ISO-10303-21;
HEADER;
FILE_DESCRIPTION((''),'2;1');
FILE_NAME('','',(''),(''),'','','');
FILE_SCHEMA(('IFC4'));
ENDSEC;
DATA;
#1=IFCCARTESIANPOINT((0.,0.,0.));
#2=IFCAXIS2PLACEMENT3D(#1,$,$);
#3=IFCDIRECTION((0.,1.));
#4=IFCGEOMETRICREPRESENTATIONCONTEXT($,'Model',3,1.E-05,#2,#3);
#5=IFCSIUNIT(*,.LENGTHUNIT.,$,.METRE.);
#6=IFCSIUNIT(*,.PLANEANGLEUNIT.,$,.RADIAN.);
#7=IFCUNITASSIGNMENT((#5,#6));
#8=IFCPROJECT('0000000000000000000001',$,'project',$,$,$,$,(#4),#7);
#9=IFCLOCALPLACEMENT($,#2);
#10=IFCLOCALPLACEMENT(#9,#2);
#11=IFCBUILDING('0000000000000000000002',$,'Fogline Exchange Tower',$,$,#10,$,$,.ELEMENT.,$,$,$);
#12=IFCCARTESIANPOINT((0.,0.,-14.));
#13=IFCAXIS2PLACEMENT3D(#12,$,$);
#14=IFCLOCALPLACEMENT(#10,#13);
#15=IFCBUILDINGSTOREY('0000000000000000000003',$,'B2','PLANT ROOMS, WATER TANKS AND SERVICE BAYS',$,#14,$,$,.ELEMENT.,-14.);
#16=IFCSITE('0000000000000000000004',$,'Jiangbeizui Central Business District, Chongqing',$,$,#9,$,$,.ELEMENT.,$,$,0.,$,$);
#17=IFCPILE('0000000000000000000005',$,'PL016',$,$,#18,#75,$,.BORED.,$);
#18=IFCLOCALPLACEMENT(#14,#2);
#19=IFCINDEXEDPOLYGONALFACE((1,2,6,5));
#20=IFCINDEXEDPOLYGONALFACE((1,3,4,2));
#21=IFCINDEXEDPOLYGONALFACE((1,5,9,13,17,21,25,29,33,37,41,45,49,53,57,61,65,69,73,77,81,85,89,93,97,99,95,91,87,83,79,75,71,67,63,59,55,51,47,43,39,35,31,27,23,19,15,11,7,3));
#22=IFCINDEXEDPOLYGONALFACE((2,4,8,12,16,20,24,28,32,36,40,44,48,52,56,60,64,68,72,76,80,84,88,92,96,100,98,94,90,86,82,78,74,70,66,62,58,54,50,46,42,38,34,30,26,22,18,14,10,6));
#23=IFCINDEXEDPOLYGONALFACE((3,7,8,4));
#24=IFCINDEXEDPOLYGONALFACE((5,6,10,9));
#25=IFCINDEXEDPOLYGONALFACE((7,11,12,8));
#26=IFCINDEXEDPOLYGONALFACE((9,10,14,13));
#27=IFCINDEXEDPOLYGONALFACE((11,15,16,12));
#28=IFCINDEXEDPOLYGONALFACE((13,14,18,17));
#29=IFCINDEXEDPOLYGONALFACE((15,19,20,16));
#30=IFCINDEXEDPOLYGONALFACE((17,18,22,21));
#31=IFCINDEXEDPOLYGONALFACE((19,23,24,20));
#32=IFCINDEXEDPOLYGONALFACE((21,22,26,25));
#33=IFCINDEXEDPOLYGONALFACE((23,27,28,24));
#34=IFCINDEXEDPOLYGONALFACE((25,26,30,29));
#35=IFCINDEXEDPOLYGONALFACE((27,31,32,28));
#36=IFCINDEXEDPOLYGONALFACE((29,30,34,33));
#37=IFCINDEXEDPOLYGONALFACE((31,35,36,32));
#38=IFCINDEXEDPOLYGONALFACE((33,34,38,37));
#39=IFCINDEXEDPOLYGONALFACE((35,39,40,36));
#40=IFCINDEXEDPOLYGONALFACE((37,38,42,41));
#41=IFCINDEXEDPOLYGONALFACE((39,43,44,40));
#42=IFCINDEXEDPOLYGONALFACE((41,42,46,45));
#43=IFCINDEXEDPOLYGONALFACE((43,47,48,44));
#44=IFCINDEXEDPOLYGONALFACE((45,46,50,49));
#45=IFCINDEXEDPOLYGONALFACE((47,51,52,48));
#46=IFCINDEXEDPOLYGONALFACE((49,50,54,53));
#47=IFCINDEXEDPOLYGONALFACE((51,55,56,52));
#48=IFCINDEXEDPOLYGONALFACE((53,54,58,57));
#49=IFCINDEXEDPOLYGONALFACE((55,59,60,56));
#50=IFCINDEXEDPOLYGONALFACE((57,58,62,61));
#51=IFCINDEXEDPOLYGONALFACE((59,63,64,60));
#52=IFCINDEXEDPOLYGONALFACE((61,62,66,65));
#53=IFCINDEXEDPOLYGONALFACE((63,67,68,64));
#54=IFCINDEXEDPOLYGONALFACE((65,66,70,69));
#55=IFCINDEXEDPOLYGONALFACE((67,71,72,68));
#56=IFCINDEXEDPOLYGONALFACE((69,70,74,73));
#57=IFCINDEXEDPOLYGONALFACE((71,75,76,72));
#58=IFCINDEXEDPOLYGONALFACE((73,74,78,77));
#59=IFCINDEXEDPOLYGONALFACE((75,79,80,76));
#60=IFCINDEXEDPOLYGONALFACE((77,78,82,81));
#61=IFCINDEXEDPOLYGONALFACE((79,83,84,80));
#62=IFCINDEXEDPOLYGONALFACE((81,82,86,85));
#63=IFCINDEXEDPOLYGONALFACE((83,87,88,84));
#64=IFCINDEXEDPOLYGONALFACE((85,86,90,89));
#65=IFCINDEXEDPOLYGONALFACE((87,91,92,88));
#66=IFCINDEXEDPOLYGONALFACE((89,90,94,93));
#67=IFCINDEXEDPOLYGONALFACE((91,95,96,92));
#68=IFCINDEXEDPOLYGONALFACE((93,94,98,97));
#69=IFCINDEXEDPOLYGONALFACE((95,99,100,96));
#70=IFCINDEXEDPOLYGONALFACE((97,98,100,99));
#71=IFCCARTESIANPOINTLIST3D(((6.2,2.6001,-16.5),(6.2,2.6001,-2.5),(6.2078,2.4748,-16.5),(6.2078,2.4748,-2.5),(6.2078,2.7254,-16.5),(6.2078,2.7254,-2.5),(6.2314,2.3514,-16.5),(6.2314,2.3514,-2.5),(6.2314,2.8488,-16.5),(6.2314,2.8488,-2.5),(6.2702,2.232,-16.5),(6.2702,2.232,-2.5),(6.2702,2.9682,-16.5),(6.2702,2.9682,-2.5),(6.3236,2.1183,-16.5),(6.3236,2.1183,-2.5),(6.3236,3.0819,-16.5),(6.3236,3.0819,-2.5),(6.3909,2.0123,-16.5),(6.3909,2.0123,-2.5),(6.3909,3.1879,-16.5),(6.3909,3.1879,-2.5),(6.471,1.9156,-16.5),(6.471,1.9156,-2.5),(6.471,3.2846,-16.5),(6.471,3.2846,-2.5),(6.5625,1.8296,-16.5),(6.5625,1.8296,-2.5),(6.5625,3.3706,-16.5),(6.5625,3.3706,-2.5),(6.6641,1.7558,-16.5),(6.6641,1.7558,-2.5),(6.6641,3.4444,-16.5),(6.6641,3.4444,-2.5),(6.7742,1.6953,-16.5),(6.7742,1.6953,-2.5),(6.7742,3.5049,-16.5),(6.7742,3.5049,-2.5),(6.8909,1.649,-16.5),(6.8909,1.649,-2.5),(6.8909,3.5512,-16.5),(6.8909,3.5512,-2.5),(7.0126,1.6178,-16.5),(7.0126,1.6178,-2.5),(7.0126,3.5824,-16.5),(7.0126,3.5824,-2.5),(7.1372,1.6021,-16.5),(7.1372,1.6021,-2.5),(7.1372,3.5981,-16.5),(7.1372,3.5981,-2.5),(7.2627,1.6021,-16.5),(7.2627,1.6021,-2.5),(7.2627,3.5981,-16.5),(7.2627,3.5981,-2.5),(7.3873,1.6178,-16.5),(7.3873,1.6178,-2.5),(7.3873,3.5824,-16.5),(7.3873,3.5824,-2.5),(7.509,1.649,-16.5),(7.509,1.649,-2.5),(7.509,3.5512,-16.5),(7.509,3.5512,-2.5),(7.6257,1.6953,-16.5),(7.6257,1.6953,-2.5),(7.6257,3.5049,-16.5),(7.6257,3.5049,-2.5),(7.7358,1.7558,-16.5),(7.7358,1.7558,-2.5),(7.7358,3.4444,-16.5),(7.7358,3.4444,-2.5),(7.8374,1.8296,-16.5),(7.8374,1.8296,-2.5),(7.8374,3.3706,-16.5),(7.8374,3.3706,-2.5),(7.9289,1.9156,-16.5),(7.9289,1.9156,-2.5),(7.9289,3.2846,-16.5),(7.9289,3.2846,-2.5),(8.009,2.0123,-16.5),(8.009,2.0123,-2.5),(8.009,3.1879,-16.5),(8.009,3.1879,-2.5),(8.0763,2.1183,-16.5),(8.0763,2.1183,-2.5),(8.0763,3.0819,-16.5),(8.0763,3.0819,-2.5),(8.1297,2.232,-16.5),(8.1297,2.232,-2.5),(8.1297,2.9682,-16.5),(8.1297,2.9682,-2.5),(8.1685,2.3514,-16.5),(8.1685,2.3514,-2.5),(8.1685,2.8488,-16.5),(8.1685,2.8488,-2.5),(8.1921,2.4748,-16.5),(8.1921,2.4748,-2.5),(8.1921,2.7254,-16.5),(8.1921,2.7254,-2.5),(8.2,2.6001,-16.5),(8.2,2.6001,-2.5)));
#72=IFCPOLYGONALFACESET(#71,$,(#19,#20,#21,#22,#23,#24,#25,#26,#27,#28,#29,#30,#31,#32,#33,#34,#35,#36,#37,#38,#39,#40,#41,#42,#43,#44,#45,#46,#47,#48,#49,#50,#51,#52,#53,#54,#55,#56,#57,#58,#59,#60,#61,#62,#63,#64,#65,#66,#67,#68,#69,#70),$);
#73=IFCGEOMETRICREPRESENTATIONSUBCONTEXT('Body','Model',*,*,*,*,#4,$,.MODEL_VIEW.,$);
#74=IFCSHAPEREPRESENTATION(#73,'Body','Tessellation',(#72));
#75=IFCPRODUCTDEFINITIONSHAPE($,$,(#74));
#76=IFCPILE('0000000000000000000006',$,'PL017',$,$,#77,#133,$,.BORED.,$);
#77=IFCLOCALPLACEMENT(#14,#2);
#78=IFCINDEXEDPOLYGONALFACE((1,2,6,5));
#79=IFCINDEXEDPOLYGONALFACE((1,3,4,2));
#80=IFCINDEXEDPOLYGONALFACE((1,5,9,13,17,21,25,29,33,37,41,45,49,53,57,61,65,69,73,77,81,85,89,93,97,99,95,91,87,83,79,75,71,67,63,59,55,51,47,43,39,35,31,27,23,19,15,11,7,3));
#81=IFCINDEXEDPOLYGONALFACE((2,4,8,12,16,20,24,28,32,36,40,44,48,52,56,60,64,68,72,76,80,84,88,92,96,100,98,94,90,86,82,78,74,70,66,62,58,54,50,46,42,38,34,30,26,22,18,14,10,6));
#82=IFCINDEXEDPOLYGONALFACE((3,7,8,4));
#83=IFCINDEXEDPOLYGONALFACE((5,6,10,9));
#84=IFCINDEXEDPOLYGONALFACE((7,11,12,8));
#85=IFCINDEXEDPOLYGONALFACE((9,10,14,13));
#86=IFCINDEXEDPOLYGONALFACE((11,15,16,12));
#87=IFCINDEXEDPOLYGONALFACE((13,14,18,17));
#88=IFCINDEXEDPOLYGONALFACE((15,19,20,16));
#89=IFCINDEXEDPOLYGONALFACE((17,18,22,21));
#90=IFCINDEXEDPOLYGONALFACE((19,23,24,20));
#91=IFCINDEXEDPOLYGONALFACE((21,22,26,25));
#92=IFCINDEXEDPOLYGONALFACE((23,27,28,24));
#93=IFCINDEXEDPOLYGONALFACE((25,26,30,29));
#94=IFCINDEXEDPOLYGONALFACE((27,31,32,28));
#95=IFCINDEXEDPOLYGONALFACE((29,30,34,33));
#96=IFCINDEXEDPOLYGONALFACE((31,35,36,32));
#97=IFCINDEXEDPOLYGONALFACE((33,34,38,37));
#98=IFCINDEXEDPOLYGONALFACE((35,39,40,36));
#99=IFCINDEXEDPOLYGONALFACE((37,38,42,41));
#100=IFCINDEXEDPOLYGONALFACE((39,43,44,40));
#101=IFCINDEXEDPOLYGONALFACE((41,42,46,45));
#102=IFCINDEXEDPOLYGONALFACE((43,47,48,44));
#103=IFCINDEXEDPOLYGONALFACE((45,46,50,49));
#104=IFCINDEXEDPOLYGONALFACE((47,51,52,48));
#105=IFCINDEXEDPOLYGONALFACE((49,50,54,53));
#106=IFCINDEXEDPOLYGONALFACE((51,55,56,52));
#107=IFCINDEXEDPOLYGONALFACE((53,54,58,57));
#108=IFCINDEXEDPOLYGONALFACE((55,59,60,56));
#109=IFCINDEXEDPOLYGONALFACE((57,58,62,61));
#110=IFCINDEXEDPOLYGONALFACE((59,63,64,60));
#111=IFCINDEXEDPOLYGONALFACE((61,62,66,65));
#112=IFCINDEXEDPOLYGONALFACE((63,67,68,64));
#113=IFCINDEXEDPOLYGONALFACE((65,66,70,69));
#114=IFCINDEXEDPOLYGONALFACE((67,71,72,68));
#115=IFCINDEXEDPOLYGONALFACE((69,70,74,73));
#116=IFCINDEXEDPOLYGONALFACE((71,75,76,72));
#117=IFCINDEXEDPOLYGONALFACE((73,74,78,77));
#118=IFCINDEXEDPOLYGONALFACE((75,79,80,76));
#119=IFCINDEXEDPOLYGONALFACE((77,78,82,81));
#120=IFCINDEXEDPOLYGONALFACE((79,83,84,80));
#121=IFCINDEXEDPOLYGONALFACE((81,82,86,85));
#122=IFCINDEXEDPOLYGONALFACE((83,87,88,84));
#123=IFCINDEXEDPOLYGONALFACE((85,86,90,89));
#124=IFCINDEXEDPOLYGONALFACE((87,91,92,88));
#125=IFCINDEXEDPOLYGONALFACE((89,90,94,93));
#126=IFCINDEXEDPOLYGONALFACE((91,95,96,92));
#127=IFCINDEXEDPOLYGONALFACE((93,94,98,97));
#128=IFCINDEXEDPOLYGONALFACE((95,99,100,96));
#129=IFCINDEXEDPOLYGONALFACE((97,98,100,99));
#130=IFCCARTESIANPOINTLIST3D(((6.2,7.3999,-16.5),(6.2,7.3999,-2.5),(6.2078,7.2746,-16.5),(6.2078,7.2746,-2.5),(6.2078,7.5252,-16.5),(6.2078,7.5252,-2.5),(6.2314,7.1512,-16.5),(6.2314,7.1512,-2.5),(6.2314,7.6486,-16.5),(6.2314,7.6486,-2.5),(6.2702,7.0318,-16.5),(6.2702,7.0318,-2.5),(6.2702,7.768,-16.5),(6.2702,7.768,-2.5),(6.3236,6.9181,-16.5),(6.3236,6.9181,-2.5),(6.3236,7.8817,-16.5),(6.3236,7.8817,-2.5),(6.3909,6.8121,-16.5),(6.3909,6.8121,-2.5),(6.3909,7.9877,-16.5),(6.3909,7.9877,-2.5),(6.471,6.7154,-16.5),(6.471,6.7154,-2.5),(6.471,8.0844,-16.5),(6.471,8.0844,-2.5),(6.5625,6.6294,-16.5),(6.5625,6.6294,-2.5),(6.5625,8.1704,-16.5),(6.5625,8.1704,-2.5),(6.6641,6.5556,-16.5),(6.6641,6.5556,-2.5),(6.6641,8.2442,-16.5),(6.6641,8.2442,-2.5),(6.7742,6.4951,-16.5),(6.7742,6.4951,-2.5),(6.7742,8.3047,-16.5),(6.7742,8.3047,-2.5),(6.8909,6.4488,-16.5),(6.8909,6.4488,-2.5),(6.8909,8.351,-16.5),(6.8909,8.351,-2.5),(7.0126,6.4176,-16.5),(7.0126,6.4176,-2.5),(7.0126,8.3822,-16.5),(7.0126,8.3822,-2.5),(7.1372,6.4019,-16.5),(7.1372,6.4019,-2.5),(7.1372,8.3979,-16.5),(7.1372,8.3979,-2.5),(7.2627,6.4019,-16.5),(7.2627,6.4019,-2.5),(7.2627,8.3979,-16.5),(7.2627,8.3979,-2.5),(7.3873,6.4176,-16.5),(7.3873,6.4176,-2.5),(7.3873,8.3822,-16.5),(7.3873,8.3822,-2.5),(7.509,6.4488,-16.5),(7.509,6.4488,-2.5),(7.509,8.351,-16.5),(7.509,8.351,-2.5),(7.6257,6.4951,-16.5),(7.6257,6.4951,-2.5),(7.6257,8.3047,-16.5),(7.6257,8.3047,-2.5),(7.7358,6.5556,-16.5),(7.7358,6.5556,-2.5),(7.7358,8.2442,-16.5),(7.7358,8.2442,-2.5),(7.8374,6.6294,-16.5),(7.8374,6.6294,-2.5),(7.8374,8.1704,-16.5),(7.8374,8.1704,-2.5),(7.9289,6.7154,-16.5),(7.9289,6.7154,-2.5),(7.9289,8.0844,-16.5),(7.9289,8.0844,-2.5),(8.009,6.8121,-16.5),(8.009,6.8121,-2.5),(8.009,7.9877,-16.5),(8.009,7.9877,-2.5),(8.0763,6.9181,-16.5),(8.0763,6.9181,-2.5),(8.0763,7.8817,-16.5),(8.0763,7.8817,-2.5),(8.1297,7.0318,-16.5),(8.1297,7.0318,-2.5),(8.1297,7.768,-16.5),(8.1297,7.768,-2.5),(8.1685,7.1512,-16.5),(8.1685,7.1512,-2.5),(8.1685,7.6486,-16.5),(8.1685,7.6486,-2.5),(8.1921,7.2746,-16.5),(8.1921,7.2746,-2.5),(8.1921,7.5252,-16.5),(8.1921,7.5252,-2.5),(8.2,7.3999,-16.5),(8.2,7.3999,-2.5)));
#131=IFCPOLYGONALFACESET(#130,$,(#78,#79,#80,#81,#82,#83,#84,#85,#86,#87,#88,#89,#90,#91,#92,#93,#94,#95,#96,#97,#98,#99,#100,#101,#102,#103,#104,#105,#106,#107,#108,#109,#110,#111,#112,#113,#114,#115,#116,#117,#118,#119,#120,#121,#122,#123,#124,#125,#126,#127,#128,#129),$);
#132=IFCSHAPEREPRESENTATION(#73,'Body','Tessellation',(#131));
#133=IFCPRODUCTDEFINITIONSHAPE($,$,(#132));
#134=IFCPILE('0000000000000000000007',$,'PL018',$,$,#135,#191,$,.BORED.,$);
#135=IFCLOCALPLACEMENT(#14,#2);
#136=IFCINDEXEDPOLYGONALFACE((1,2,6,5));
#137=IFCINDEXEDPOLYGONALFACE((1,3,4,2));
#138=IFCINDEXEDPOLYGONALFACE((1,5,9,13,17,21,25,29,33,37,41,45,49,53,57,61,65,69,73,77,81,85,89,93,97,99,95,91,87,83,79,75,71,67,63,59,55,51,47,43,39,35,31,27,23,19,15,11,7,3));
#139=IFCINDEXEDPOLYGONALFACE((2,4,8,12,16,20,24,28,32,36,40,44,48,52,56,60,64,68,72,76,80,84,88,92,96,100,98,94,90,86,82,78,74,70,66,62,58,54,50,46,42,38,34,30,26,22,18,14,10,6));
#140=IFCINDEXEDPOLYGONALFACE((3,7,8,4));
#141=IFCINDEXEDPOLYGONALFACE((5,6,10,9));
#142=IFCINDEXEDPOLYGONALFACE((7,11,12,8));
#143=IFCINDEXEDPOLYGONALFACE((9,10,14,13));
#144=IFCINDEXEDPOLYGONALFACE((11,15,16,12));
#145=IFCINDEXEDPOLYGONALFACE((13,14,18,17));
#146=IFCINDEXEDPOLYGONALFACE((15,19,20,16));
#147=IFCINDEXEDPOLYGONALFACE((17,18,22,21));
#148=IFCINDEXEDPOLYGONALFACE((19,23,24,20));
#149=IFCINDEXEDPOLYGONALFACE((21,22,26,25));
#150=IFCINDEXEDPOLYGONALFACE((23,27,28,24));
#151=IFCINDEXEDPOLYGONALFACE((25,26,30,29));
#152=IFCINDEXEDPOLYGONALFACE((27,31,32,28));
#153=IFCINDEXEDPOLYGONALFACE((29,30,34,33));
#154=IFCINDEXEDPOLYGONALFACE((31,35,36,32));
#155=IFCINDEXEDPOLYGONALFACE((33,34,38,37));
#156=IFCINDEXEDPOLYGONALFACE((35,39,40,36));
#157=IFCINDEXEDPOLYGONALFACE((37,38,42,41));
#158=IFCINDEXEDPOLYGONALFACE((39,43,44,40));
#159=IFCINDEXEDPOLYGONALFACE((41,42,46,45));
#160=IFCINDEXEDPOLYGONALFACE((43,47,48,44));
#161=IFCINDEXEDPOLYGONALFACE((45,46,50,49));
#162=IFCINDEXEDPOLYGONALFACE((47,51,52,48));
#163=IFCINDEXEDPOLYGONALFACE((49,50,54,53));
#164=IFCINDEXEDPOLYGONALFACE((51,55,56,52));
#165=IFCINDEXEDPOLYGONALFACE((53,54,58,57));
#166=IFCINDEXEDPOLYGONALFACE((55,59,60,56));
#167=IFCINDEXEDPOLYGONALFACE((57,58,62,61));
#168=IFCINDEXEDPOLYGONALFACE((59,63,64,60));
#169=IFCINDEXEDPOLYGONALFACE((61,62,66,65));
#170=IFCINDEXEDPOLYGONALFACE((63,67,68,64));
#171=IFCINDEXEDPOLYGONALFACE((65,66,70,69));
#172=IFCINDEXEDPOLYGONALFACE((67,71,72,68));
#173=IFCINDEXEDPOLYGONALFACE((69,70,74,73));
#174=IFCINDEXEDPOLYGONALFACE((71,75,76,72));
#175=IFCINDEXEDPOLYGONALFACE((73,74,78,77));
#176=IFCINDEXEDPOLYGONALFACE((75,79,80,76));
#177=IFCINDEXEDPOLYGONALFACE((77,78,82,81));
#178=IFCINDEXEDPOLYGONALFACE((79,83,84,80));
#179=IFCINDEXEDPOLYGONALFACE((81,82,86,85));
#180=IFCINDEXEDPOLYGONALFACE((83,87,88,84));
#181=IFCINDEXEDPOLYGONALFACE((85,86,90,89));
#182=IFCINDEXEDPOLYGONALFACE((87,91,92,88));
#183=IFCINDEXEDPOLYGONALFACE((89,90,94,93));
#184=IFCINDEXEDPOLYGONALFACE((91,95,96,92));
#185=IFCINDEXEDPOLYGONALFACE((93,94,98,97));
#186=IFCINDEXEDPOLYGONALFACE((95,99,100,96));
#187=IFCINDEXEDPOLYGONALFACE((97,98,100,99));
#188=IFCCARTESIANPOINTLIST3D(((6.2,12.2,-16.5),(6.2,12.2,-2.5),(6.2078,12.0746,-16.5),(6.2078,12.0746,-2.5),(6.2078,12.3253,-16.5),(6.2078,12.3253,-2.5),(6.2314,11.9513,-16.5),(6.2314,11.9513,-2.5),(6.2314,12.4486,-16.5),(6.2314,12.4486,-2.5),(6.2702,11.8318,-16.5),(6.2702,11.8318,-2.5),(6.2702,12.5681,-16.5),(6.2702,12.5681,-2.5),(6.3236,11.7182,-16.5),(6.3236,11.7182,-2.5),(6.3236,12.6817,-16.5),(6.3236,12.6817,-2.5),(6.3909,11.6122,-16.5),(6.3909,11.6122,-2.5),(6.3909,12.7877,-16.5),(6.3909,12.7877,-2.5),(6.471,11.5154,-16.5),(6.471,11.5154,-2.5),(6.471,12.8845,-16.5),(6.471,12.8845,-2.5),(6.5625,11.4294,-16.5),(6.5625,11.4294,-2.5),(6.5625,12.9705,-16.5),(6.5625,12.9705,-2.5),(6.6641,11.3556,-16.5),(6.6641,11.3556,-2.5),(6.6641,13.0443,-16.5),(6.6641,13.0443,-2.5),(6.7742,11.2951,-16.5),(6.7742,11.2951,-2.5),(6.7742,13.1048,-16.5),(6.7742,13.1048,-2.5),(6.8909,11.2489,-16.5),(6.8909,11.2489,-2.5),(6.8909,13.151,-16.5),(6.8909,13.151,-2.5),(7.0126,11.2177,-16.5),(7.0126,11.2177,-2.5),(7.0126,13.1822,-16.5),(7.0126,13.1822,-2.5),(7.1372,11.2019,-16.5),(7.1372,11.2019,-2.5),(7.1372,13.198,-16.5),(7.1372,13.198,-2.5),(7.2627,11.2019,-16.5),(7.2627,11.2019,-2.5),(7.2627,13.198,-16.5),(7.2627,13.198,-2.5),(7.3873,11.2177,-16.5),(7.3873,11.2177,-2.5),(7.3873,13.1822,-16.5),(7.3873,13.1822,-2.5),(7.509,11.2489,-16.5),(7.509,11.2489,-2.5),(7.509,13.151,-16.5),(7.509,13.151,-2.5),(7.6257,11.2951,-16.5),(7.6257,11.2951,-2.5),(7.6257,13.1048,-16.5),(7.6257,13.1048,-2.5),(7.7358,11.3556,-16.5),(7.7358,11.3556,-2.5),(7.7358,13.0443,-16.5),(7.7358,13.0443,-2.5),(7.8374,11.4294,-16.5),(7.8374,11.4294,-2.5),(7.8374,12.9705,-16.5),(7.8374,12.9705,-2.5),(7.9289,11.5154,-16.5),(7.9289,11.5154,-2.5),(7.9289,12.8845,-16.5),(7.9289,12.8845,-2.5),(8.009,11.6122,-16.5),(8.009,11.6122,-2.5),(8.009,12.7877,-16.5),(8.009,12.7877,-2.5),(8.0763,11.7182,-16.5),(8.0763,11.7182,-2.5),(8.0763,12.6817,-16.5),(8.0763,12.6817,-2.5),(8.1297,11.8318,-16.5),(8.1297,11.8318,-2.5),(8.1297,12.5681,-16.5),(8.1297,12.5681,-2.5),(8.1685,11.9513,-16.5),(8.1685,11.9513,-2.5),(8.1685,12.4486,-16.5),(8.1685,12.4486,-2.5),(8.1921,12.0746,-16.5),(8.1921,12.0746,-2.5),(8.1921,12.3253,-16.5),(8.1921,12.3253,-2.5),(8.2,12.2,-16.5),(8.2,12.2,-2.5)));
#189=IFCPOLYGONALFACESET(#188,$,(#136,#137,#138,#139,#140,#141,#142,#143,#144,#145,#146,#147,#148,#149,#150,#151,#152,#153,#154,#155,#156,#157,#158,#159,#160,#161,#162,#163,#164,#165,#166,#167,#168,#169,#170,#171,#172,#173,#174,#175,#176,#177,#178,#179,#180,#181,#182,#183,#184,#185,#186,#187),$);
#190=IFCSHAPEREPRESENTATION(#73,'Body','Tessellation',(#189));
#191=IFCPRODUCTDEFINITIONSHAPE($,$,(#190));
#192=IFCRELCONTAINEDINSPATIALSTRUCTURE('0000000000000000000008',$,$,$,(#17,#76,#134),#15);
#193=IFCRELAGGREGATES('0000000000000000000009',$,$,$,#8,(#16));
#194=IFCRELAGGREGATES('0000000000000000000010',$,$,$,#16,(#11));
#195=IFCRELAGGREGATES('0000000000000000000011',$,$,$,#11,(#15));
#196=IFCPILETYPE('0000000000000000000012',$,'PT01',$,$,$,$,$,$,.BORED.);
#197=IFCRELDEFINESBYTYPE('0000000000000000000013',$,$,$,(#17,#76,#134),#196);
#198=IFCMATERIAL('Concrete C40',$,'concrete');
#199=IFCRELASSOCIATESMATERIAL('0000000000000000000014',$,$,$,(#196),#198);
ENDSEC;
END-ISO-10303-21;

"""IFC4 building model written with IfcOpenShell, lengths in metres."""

from ifc_helpers import new_model, si_unit, direction, frame, origin, origin_2d, place, context, subcontext, project, spatial, circle, extrude, material, material_profile, profile_set, type_object, element, save


model = new_model("IFC4")

# Units and contexts
model_context = context("Model", 3, precision=1e-05, world=origin(), true_north=direction((0.0, 1.0)))
body_context = subcontext(model_context, "Body", "Model", "MODEL_VIEW")
ifc_project = project(units=[si_unit("LENGTHUNIT", "METRE"), si_unit("PLANEANGLEUNIT", "RADIAN")], contexts=[model_context])

# Site, building, storey
site_placement = place(None, origin())
site = spatial("IfcSite", under=ifc_project, at=site_placement, Name="Jiangbeizui Central Business District, Chongqing", CompositionType="ELEMENT", RefElevation=0.0)
building_placement = place(site_placement, origin())
building = spatial("IfcBuilding", under=site, at=building_placement, Name="Fogline Exchange Tower", CompositionType="ELEMENT")
storey_placement = place(building_placement, frame((0.0, 0.0, -14.0)))
storey = spatial("IfcBuildingStorey", under=building, at=storey_placement, Name="B2", Description="PLANT ROOMS, WATER TANKS AND SERVICE BAYS", CompositionType="ELEMENT", Elevation=-14.0)

# Piles
ifc_material_1 = material(Name="Concrete C40", Category="concrete")
ifc_material_profile = material_profile(ifc_material_1, circle(Radius=1.0, at=origin_2d()), Name="RC D2000")
ifc_profile_set = profile_set([ifc_material_profile], Name="Concrete C40")
pile_type = type_object("IfcPileType", Name="PT01", PredefinedType="BORED", material=ifc_profile_set)
for number, where, z_axis, x_axis, name in (
    (1, (7.2, 2.6001, -2.5), (0.0, 0.0, -1.0), (1.0, 0.0, 0.0), "PL016"),
    (2, (7.2, 7.3999, -2.5), (0.0, 0.0, -1.0), (1.0, 0.0, 0.0), "PL017"),
    (3, (7.2, 12.2, -2.5), (0.0, 0.0, -1.0), (1.0, 0.0, 0.0), "PL018"),
):
    element("IfcPile", number, at=place(storey_placement, frame(where, z_axis=z_axis, x_axis=x_axis)), inside=storey, type_object=pile_type, Name=name, PredefinedType="BORED", context=body_context, shape_type="SweptSolid", body=[
        extrude(circle(Radius=1.0, at=origin_2d()), origin(), (0.0, 0.0, 1.0), 14.0),
    ])

save(model, "model.ifc")
